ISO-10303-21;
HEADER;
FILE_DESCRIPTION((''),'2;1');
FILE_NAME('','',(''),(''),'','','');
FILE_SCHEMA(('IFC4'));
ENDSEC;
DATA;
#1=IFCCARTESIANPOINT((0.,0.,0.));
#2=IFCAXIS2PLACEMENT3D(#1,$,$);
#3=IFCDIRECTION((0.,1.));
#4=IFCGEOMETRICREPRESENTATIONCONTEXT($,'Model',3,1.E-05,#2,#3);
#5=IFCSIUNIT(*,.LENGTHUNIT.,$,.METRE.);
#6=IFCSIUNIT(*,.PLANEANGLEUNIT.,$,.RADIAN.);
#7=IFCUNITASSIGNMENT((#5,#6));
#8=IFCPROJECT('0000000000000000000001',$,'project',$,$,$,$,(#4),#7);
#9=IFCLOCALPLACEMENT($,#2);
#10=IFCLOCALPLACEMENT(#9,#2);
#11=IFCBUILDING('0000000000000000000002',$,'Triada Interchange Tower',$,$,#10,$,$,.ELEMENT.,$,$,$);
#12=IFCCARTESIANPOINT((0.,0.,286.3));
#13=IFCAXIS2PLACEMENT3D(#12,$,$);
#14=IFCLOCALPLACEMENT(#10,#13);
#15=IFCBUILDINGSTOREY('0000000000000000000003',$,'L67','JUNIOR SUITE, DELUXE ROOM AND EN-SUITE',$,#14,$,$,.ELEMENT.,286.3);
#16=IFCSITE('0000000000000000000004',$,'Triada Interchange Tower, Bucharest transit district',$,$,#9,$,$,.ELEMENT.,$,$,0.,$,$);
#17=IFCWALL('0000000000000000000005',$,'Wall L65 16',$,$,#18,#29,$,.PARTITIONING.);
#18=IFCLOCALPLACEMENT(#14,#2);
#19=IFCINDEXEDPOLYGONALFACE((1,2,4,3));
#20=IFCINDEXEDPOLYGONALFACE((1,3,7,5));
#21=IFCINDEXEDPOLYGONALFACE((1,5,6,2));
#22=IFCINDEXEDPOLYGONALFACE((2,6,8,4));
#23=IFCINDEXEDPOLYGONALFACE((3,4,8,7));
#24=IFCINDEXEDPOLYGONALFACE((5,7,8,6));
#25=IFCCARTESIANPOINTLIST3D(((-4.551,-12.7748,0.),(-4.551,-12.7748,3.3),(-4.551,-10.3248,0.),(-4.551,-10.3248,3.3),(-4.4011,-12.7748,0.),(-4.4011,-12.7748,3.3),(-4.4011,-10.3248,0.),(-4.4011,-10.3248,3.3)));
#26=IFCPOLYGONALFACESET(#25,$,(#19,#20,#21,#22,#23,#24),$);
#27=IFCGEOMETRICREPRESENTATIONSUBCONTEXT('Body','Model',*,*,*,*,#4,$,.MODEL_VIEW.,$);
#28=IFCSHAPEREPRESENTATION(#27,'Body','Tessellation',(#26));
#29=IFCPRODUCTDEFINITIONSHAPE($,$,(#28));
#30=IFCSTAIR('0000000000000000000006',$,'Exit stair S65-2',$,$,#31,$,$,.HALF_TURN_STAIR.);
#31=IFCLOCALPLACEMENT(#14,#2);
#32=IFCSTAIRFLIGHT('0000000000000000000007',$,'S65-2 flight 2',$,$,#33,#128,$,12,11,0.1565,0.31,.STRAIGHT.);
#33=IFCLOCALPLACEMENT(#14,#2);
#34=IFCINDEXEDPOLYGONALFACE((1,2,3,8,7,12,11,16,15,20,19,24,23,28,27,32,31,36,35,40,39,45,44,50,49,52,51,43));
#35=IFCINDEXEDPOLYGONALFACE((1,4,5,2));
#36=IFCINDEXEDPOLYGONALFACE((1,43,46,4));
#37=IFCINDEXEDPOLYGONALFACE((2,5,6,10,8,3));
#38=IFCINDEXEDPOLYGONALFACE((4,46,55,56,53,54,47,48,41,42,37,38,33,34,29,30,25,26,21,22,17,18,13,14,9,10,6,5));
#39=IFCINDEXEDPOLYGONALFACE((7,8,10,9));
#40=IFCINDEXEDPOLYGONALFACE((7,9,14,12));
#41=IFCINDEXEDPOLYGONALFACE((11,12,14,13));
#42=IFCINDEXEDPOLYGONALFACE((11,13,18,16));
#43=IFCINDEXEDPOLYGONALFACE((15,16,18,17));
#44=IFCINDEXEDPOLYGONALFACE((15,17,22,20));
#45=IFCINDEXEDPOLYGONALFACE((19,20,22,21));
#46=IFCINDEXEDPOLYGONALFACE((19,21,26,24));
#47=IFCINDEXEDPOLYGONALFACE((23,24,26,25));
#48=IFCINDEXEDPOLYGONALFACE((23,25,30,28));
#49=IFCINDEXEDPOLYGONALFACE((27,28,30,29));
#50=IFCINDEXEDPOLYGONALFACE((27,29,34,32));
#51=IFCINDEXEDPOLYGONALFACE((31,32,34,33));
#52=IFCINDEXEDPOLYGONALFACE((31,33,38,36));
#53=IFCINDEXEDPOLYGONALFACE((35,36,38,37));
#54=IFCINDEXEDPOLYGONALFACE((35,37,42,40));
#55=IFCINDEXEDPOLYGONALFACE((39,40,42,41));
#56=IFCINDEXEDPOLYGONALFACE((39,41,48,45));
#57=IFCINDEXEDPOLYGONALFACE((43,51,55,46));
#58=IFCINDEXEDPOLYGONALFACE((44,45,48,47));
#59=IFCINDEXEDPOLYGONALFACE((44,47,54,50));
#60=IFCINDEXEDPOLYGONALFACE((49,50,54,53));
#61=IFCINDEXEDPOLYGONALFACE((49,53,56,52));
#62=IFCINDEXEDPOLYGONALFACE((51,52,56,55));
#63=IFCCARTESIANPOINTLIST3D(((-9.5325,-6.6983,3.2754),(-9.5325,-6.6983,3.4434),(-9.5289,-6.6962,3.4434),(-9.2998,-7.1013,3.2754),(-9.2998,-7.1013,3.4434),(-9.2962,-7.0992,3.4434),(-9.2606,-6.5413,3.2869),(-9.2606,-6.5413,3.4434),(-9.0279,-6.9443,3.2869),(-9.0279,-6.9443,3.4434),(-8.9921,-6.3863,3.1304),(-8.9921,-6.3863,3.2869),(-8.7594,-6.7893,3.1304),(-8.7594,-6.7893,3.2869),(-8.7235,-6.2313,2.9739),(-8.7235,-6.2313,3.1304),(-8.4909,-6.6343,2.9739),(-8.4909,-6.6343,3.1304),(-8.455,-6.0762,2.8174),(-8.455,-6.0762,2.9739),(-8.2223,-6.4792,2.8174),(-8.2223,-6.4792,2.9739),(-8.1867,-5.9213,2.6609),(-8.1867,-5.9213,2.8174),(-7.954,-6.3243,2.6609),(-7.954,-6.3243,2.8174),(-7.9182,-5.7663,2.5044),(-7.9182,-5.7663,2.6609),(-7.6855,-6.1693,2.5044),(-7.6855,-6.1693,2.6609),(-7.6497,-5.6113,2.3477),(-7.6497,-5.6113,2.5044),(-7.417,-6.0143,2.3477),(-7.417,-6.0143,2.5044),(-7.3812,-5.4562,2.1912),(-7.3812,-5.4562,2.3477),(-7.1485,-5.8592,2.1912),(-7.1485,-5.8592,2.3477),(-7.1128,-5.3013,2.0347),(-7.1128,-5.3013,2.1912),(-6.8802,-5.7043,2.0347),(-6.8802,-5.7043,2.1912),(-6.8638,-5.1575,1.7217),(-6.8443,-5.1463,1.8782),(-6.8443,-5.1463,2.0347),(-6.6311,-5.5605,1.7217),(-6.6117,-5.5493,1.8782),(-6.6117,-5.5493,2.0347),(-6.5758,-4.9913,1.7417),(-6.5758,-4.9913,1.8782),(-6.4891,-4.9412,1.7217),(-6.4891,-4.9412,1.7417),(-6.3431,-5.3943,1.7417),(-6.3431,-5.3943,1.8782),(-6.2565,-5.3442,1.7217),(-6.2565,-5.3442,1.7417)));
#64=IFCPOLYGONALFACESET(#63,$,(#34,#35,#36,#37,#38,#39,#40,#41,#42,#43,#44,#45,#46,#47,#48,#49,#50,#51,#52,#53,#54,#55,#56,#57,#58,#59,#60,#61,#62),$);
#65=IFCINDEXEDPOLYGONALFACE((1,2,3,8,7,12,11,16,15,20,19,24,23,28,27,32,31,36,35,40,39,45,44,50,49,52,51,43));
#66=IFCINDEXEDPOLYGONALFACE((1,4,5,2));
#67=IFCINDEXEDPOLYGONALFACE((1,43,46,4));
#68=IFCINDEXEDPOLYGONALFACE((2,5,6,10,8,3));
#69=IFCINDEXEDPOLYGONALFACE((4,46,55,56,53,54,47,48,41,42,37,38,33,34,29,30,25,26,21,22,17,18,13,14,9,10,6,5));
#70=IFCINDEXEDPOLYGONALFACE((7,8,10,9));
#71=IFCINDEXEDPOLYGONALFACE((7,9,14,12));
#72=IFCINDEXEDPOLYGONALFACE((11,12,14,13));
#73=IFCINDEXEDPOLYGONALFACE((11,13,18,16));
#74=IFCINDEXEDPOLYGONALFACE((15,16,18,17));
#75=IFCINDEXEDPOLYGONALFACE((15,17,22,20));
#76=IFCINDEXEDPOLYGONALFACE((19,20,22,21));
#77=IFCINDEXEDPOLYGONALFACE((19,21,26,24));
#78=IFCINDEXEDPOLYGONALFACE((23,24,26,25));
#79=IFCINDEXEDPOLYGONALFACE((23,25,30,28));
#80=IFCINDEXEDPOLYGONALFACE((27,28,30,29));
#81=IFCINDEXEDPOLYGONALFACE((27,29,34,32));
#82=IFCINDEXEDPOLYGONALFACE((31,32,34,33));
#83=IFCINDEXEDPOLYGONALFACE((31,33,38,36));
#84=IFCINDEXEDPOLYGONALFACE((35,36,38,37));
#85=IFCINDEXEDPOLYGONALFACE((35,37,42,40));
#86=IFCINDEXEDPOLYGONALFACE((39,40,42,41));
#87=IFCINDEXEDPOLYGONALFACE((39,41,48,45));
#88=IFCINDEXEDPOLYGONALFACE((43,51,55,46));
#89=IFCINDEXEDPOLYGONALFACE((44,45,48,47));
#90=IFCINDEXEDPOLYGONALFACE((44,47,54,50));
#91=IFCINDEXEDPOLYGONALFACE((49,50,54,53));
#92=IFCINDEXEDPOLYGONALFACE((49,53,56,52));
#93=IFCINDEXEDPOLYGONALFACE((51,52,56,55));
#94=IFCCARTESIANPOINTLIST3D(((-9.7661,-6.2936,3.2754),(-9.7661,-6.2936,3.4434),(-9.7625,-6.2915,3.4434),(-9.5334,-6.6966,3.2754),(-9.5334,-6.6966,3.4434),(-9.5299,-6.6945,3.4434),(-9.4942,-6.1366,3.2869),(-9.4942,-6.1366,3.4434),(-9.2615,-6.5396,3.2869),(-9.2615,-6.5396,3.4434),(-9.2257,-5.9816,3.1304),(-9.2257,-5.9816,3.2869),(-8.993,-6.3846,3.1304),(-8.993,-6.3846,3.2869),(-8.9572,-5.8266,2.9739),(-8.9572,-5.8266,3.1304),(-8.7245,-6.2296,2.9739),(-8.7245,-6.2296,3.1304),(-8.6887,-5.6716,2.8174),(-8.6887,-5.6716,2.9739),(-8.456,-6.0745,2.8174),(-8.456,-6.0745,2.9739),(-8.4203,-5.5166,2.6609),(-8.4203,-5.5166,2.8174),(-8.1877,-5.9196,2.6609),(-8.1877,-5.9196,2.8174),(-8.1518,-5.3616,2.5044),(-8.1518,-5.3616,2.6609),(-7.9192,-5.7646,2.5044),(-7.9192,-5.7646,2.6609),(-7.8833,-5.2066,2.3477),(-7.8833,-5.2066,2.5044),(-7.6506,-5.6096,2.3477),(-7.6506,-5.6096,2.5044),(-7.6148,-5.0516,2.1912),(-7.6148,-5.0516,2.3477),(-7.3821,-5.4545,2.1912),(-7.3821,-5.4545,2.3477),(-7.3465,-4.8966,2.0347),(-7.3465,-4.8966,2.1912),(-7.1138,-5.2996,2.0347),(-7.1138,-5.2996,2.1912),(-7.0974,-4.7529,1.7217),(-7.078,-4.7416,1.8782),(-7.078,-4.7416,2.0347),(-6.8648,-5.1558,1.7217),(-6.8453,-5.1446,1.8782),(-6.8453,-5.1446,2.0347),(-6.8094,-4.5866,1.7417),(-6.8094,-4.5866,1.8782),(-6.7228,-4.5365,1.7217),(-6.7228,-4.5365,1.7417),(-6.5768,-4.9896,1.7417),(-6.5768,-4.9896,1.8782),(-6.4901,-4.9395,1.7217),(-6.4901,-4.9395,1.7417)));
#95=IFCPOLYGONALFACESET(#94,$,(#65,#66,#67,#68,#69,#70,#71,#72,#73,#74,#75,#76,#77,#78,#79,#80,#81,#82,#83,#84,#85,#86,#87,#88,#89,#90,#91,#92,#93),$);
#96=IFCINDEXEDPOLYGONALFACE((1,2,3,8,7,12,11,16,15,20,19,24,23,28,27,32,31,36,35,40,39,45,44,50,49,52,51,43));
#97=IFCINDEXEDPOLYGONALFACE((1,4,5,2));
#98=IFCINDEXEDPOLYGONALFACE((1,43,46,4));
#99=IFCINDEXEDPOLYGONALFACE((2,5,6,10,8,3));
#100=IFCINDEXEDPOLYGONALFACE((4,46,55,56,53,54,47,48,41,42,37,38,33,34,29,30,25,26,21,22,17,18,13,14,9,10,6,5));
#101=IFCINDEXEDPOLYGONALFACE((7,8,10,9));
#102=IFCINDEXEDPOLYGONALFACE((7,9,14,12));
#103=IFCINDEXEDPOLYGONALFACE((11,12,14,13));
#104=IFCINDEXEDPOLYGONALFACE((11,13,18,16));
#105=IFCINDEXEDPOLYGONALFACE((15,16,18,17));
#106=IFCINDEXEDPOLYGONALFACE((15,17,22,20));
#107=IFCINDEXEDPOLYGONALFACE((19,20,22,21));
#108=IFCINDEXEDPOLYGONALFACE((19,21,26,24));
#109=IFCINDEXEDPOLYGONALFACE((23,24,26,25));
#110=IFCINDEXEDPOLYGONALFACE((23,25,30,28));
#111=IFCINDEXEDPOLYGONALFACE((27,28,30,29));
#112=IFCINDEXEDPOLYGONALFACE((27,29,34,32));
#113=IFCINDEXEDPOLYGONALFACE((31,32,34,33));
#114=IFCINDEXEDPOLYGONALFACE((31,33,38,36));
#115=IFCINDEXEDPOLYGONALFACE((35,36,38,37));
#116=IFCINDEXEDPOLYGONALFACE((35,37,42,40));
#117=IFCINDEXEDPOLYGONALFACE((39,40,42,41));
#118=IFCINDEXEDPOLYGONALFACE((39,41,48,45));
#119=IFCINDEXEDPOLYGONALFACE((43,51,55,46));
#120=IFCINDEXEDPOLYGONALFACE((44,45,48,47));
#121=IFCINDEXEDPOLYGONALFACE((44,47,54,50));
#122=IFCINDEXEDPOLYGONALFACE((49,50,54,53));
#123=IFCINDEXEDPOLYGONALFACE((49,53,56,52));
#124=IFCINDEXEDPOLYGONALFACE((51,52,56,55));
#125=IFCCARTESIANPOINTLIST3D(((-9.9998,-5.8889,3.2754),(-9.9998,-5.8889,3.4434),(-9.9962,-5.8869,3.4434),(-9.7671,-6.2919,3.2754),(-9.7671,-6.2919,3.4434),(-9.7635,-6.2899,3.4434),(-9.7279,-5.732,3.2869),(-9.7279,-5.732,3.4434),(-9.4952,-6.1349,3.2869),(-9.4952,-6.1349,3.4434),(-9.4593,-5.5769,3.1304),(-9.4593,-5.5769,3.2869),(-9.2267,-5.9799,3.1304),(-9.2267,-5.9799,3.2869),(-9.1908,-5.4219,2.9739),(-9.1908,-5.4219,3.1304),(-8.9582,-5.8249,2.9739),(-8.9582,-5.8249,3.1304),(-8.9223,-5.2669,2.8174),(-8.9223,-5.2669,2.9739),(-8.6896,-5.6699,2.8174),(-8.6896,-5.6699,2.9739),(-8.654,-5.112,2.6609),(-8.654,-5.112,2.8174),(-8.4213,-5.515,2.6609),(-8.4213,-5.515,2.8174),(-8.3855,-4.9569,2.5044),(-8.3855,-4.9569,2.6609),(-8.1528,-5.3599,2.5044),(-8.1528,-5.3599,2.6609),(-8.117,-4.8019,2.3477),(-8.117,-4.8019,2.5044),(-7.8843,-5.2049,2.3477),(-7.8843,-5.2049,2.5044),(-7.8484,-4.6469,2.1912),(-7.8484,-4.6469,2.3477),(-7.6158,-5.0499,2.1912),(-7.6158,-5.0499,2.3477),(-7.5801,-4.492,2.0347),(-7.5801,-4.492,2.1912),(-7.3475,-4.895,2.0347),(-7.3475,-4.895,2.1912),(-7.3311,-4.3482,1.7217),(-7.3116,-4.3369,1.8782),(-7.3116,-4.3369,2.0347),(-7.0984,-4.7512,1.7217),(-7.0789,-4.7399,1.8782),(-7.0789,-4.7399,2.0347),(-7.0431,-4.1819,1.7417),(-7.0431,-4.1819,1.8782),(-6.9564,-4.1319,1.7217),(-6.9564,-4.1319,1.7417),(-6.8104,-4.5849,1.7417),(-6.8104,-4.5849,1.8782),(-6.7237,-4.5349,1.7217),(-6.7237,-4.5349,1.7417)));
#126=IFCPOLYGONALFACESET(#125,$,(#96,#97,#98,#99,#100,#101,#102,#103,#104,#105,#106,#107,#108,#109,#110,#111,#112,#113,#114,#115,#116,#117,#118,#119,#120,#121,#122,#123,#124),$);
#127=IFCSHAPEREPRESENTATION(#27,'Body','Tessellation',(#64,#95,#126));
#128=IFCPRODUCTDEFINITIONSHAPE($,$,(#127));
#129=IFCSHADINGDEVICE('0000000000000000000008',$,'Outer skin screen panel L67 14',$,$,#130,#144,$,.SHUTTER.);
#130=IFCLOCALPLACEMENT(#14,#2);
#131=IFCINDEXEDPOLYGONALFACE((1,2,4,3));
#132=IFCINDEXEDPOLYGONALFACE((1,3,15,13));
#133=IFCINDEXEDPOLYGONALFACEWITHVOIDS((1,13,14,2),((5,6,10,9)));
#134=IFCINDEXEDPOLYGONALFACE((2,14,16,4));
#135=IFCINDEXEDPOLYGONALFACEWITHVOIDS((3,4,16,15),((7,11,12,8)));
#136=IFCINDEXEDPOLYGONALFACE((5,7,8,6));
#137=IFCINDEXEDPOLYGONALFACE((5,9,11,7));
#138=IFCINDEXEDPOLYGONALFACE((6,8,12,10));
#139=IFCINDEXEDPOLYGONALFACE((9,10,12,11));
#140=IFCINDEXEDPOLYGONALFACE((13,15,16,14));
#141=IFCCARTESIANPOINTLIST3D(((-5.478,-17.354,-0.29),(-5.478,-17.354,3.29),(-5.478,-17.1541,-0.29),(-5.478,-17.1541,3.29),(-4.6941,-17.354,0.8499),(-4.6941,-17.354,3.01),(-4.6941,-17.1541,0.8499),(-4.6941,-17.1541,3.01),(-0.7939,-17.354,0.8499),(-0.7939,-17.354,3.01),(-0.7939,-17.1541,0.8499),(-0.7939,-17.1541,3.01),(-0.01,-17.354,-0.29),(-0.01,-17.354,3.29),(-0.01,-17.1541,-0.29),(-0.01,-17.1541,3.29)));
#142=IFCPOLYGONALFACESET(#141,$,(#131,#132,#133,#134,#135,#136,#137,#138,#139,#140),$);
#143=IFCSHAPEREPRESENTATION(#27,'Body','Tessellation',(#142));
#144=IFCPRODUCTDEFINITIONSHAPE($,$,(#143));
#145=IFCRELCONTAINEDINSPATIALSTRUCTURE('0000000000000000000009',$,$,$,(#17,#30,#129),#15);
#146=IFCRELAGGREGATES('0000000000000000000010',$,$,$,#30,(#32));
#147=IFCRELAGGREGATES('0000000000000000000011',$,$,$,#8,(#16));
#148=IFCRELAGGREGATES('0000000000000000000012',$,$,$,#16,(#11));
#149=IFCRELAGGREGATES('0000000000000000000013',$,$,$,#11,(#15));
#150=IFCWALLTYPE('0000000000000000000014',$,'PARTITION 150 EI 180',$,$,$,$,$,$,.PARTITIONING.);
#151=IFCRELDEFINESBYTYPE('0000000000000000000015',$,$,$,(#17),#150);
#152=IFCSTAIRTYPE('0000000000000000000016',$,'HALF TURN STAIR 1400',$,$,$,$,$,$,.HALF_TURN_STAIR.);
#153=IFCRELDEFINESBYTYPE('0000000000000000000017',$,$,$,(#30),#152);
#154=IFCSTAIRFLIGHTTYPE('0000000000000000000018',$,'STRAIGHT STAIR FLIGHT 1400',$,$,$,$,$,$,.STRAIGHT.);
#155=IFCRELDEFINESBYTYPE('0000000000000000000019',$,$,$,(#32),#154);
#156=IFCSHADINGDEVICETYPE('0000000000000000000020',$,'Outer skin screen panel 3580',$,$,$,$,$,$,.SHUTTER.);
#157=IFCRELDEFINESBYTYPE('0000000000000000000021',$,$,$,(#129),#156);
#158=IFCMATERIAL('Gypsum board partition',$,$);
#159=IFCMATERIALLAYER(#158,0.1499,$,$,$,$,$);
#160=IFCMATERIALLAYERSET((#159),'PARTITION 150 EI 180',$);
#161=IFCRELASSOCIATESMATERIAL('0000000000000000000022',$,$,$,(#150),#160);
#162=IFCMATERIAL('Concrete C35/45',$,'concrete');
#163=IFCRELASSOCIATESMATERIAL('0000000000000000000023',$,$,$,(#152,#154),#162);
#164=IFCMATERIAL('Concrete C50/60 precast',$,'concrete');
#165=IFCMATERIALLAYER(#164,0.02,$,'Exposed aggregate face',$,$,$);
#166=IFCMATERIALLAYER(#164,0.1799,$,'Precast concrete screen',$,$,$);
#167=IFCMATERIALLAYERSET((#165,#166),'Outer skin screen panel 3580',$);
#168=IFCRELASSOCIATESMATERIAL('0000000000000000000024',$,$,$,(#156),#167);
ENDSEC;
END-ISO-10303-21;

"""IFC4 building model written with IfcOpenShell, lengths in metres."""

from ifc_helpers import new_model, si_unit, direction, frame, frame_2d, origin, place, context, subcontext, project, spatial, polyline, rectangle, outline, extrude, material, layer, layer_set, type_object, element, aggregate, save


model = new_model("IFC4")

# Units and contexts
model_context = context("Model", 3, precision=1e-05, world=origin(), true_north=direction((0.0, 1.0)))
body_context = subcontext(model_context, "Body", "Model", "MODEL_VIEW")
ifc_project = project(units=[si_unit("LENGTHUNIT", "METRE"), si_unit("PLANEANGLEUNIT", "RADIAN")], contexts=[model_context])

# Site, building, storey
site_placement = place(None, origin())
site = spatial("IfcSite", under=ifc_project, at=site_placement, Name="Triada Interchange Tower, Bucharest transit district", CompositionType="ELEMENT", RefElevation=0.0)
building_placement = place(site_placement, origin())
building = spatial("IfcBuilding", under=site, at=building_placement, Name="Triada Interchange Tower", CompositionType="ELEMENT")
storey_placement = place(building_placement, frame((0.0, 0.0, 286.3)))
storey = spatial("IfcBuildingStorey", under=building, at=storey_placement, Name="L67", Description="JUNIOR SUITE, DELUXE ROOM AND EN-SUITE", CompositionType="ELEMENT", Elevation=286.3)

# Wall
ifc_material_1 = material(Name="Gypsum board partition")
ifc_layer_1 = layer(ifc_material_1, 0.1499)
ifc_layer_set_1 = layer_set([ifc_layer_1], Name="PARTITION 150 EI 180")
wall_type_1 = type_object("IfcWallType", Name="PARTITION 150 EI 180", PredefinedType="PARTITIONING", material=ifc_layer_set_1)
wall_1_placement = place(storey_placement, frame((-4.4761, -12.7749, 0.0), z_axis=(0.0, 0.0, 1.0), x_axis=(0.0, 1.0, 0.0)))
element("IfcWall", 1, at=wall_1_placement, inside=storey, type_object=wall_type_1, Name="Wall L65 16", PredefinedType="PARTITIONING", context=body_context, shape_type="SweptSolid", body=[
    extrude(rectangle(XDim=2.45, YDim=0.1499, at=frame_2d((1.2251, 0.0))), origin(), (0.0, 0.0, 1.0), 3.3),
])

# Stair, stair flight
ifc_material_2 = material(Name="Concrete C35/45", Category="concrete")
stair_type = type_object("IfcStairType", Name="HALF TURN STAIR 1400", PredefinedType="HALF_TURN_STAIR", material=ifc_material_2)
stair_placement = place(storey_placement, origin())
stair = element("IfcStair", 2, at=stair_placement, inside=storey, type_object=stair_type, Name="Exit stair S65-2", PredefinedType="HALF_TURN_STAIR")
stair_flight_type = type_object("IfcStairFlightType", Name="STRAIGHT STAIR FLIGHT 1400", PredefinedType="STRAIGHT", material=ifc_material_2)
stair_flight_placement = place(storey_placement, frame((-6.6931, -4.7881, 1.7217), z_axis=(0.0, 0.0, 1.0), x_axis=(-0.866025, -0.5, 0.0)))
stair_flight = element("IfcStairFlight", 3, at=stair_flight_placement, type_object=stair_flight_type, Name="S65-2 flight 2", NumberOfRisers=12, NumberOfTreads=11, PredefinedType="STRAIGHT", RiserHeight=0.1565, TreadLength=0.31, context=body_context, shape_type="SweptSolid", body=[
    extrude(outline(polyline([(-0.1001, 0.0), (-0.1001, 0.02), (0.0, 0.02), (0.0, 0.1565), (0.3101, 0.1565), (0.3101, 0.313), (0.6201, 0.313), (0.6201, 0.4695), (0.9299, 0.4695), (0.9299, 0.626), (1.24, 0.626), (1.24, 0.7827), (1.55, 0.7827), (1.55, 0.9392), (1.8601, 0.9392), (1.8601, 1.0957), (2.1699, 1.0957), (2.1699, 1.2522), (2.48, 1.2522), (2.48, 1.4087), (2.79, 1.4087), (2.79, 1.5652), (3.1001, 1.5652), (3.1001, 1.7217), (3.4099, 1.7217), (3.4141, 1.7217), (3.4141, 1.8782), (3.4141, 1.5537), (0.3325, 0.0), (-0.1001, 0.0)])), frame((0.0, 0.7, 0.0), z_axis=(0.0, -1.0, 0.0), x_axis=(1.0, 0.0, 0.0)), (0.0, 0.0, 1.0), 0.4653),
    extrude(outline(polyline([(-0.1001, 0.0), (-0.1001, 0.02), (0.0, 0.02), (0.0, 0.1565), (0.3101, 0.1565), (0.3101, 0.313), (0.6201, 0.313), (0.6201, 0.4695), (0.9299, 0.4695), (0.9299, 0.626), (1.24, 0.626), (1.24, 0.7827), (1.55, 0.7827), (1.55, 0.9392), (1.8601, 0.9392), (1.8601, 1.0957), (2.1699, 1.0957), (2.1699, 1.2522), (2.48, 1.2522), (2.48, 1.4087), (2.79, 1.4087), (2.79, 1.5652), (3.1001, 1.5652), (3.1001, 1.7217), (3.4099, 1.7217), (3.4141, 1.7217), (3.4141, 1.8782), (3.4141, 1.5537), (0.3325, 0.0), (-0.1001, 0.0)])), frame((0.0, 0.2327, 0.0), z_axis=(0.0, -1.0, 0.0), x_axis=(1.0, 0.0, 0.0)), (0.0, 0.0, 1.0), 0.4653),
    extrude(outline(polyline([(-0.1001, 0.0), (-0.1001, 0.02), (0.0, 0.02), (0.0, 0.1565), (0.3101, 0.1565), (0.3101, 0.313), (0.6201, 0.313), (0.6201, 0.4695), (0.9299, 0.4695), (0.9299, 0.626), (1.24, 0.626), (1.24, 0.7827), (1.55, 0.7827), (1.55, 0.9392), (1.8601, 0.9392), (1.8601, 1.0957), (2.1699, 1.0957), (2.1699, 1.2522), (2.48, 1.2522), (2.48, 1.4087), (2.79, 1.4087), (2.79, 1.5652), (3.1001, 1.5652), (3.1001, 1.7217), (3.4099, 1.7217), (3.4141, 1.7217), (3.4141, 1.8782), (3.4141, 1.5537), (0.3325, 0.0), (-0.1001, 0.0)])), frame((0.0, -0.2346, 0.0), z_axis=(0.0, -1.0, 0.0), x_axis=(1.0, 0.0, 0.0)), (0.0, 0.0, 1.0), 0.4653),
])

# Shading device
ifc_material_3 = material(Name="Concrete C50/60 precast", Category="concrete")
ifc_layer_2 = layer(ifc_material_3, 0.02, Name="Exposed aggregate face")
ifc_layer_3 = layer(ifc_material_3, 0.1799, Name="Precast concrete screen")
ifc_layer_set_2 = layer_set([ifc_layer_2, ifc_layer_3], Name="Outer skin screen panel 3580")
shading_device_type = type_object("IfcShadingDeviceType", Name="Outer skin screen panel 3580", PredefinedType="SHUTTER", material=ifc_layer_set_2)
shading_device_placement = place(storey_placement, frame((-5.478, -17.1541, -0.29), z_axis=(0.0, 0.0, 1.0), x_axis=(1.0, 0.0, 0.0)))
element("IfcShadingDevice", 4, at=shading_device_placement, inside=storey, type_object=shading_device_type, Name="Outer skin screen panel L67 14", PredefinedType="SHUTTER", context=body_context, shape_type="SweptSolid", body=[
    extrude(outline(polyline([(0.0, 0.0), (5.468, 0.0), (5.468, 3.5801), (0.0, 3.5801), (0.0, 0.0)]), holes=[polyline([(0.7839, 1.1399), (0.7839, 3.3), (4.6841, 3.3), (4.6841, 1.1399), (0.7839, 1.1399)])]), frame((0.0, 0.0, 0.0), z_axis=(0.0, -1.0, 0.0), x_axis=(1.0, 0.0, 0.0)), (0.0, 0.0, 1.0), 0.2),
])

aggregate(stair, [stair_flight])

save(model, "model.ifc")
